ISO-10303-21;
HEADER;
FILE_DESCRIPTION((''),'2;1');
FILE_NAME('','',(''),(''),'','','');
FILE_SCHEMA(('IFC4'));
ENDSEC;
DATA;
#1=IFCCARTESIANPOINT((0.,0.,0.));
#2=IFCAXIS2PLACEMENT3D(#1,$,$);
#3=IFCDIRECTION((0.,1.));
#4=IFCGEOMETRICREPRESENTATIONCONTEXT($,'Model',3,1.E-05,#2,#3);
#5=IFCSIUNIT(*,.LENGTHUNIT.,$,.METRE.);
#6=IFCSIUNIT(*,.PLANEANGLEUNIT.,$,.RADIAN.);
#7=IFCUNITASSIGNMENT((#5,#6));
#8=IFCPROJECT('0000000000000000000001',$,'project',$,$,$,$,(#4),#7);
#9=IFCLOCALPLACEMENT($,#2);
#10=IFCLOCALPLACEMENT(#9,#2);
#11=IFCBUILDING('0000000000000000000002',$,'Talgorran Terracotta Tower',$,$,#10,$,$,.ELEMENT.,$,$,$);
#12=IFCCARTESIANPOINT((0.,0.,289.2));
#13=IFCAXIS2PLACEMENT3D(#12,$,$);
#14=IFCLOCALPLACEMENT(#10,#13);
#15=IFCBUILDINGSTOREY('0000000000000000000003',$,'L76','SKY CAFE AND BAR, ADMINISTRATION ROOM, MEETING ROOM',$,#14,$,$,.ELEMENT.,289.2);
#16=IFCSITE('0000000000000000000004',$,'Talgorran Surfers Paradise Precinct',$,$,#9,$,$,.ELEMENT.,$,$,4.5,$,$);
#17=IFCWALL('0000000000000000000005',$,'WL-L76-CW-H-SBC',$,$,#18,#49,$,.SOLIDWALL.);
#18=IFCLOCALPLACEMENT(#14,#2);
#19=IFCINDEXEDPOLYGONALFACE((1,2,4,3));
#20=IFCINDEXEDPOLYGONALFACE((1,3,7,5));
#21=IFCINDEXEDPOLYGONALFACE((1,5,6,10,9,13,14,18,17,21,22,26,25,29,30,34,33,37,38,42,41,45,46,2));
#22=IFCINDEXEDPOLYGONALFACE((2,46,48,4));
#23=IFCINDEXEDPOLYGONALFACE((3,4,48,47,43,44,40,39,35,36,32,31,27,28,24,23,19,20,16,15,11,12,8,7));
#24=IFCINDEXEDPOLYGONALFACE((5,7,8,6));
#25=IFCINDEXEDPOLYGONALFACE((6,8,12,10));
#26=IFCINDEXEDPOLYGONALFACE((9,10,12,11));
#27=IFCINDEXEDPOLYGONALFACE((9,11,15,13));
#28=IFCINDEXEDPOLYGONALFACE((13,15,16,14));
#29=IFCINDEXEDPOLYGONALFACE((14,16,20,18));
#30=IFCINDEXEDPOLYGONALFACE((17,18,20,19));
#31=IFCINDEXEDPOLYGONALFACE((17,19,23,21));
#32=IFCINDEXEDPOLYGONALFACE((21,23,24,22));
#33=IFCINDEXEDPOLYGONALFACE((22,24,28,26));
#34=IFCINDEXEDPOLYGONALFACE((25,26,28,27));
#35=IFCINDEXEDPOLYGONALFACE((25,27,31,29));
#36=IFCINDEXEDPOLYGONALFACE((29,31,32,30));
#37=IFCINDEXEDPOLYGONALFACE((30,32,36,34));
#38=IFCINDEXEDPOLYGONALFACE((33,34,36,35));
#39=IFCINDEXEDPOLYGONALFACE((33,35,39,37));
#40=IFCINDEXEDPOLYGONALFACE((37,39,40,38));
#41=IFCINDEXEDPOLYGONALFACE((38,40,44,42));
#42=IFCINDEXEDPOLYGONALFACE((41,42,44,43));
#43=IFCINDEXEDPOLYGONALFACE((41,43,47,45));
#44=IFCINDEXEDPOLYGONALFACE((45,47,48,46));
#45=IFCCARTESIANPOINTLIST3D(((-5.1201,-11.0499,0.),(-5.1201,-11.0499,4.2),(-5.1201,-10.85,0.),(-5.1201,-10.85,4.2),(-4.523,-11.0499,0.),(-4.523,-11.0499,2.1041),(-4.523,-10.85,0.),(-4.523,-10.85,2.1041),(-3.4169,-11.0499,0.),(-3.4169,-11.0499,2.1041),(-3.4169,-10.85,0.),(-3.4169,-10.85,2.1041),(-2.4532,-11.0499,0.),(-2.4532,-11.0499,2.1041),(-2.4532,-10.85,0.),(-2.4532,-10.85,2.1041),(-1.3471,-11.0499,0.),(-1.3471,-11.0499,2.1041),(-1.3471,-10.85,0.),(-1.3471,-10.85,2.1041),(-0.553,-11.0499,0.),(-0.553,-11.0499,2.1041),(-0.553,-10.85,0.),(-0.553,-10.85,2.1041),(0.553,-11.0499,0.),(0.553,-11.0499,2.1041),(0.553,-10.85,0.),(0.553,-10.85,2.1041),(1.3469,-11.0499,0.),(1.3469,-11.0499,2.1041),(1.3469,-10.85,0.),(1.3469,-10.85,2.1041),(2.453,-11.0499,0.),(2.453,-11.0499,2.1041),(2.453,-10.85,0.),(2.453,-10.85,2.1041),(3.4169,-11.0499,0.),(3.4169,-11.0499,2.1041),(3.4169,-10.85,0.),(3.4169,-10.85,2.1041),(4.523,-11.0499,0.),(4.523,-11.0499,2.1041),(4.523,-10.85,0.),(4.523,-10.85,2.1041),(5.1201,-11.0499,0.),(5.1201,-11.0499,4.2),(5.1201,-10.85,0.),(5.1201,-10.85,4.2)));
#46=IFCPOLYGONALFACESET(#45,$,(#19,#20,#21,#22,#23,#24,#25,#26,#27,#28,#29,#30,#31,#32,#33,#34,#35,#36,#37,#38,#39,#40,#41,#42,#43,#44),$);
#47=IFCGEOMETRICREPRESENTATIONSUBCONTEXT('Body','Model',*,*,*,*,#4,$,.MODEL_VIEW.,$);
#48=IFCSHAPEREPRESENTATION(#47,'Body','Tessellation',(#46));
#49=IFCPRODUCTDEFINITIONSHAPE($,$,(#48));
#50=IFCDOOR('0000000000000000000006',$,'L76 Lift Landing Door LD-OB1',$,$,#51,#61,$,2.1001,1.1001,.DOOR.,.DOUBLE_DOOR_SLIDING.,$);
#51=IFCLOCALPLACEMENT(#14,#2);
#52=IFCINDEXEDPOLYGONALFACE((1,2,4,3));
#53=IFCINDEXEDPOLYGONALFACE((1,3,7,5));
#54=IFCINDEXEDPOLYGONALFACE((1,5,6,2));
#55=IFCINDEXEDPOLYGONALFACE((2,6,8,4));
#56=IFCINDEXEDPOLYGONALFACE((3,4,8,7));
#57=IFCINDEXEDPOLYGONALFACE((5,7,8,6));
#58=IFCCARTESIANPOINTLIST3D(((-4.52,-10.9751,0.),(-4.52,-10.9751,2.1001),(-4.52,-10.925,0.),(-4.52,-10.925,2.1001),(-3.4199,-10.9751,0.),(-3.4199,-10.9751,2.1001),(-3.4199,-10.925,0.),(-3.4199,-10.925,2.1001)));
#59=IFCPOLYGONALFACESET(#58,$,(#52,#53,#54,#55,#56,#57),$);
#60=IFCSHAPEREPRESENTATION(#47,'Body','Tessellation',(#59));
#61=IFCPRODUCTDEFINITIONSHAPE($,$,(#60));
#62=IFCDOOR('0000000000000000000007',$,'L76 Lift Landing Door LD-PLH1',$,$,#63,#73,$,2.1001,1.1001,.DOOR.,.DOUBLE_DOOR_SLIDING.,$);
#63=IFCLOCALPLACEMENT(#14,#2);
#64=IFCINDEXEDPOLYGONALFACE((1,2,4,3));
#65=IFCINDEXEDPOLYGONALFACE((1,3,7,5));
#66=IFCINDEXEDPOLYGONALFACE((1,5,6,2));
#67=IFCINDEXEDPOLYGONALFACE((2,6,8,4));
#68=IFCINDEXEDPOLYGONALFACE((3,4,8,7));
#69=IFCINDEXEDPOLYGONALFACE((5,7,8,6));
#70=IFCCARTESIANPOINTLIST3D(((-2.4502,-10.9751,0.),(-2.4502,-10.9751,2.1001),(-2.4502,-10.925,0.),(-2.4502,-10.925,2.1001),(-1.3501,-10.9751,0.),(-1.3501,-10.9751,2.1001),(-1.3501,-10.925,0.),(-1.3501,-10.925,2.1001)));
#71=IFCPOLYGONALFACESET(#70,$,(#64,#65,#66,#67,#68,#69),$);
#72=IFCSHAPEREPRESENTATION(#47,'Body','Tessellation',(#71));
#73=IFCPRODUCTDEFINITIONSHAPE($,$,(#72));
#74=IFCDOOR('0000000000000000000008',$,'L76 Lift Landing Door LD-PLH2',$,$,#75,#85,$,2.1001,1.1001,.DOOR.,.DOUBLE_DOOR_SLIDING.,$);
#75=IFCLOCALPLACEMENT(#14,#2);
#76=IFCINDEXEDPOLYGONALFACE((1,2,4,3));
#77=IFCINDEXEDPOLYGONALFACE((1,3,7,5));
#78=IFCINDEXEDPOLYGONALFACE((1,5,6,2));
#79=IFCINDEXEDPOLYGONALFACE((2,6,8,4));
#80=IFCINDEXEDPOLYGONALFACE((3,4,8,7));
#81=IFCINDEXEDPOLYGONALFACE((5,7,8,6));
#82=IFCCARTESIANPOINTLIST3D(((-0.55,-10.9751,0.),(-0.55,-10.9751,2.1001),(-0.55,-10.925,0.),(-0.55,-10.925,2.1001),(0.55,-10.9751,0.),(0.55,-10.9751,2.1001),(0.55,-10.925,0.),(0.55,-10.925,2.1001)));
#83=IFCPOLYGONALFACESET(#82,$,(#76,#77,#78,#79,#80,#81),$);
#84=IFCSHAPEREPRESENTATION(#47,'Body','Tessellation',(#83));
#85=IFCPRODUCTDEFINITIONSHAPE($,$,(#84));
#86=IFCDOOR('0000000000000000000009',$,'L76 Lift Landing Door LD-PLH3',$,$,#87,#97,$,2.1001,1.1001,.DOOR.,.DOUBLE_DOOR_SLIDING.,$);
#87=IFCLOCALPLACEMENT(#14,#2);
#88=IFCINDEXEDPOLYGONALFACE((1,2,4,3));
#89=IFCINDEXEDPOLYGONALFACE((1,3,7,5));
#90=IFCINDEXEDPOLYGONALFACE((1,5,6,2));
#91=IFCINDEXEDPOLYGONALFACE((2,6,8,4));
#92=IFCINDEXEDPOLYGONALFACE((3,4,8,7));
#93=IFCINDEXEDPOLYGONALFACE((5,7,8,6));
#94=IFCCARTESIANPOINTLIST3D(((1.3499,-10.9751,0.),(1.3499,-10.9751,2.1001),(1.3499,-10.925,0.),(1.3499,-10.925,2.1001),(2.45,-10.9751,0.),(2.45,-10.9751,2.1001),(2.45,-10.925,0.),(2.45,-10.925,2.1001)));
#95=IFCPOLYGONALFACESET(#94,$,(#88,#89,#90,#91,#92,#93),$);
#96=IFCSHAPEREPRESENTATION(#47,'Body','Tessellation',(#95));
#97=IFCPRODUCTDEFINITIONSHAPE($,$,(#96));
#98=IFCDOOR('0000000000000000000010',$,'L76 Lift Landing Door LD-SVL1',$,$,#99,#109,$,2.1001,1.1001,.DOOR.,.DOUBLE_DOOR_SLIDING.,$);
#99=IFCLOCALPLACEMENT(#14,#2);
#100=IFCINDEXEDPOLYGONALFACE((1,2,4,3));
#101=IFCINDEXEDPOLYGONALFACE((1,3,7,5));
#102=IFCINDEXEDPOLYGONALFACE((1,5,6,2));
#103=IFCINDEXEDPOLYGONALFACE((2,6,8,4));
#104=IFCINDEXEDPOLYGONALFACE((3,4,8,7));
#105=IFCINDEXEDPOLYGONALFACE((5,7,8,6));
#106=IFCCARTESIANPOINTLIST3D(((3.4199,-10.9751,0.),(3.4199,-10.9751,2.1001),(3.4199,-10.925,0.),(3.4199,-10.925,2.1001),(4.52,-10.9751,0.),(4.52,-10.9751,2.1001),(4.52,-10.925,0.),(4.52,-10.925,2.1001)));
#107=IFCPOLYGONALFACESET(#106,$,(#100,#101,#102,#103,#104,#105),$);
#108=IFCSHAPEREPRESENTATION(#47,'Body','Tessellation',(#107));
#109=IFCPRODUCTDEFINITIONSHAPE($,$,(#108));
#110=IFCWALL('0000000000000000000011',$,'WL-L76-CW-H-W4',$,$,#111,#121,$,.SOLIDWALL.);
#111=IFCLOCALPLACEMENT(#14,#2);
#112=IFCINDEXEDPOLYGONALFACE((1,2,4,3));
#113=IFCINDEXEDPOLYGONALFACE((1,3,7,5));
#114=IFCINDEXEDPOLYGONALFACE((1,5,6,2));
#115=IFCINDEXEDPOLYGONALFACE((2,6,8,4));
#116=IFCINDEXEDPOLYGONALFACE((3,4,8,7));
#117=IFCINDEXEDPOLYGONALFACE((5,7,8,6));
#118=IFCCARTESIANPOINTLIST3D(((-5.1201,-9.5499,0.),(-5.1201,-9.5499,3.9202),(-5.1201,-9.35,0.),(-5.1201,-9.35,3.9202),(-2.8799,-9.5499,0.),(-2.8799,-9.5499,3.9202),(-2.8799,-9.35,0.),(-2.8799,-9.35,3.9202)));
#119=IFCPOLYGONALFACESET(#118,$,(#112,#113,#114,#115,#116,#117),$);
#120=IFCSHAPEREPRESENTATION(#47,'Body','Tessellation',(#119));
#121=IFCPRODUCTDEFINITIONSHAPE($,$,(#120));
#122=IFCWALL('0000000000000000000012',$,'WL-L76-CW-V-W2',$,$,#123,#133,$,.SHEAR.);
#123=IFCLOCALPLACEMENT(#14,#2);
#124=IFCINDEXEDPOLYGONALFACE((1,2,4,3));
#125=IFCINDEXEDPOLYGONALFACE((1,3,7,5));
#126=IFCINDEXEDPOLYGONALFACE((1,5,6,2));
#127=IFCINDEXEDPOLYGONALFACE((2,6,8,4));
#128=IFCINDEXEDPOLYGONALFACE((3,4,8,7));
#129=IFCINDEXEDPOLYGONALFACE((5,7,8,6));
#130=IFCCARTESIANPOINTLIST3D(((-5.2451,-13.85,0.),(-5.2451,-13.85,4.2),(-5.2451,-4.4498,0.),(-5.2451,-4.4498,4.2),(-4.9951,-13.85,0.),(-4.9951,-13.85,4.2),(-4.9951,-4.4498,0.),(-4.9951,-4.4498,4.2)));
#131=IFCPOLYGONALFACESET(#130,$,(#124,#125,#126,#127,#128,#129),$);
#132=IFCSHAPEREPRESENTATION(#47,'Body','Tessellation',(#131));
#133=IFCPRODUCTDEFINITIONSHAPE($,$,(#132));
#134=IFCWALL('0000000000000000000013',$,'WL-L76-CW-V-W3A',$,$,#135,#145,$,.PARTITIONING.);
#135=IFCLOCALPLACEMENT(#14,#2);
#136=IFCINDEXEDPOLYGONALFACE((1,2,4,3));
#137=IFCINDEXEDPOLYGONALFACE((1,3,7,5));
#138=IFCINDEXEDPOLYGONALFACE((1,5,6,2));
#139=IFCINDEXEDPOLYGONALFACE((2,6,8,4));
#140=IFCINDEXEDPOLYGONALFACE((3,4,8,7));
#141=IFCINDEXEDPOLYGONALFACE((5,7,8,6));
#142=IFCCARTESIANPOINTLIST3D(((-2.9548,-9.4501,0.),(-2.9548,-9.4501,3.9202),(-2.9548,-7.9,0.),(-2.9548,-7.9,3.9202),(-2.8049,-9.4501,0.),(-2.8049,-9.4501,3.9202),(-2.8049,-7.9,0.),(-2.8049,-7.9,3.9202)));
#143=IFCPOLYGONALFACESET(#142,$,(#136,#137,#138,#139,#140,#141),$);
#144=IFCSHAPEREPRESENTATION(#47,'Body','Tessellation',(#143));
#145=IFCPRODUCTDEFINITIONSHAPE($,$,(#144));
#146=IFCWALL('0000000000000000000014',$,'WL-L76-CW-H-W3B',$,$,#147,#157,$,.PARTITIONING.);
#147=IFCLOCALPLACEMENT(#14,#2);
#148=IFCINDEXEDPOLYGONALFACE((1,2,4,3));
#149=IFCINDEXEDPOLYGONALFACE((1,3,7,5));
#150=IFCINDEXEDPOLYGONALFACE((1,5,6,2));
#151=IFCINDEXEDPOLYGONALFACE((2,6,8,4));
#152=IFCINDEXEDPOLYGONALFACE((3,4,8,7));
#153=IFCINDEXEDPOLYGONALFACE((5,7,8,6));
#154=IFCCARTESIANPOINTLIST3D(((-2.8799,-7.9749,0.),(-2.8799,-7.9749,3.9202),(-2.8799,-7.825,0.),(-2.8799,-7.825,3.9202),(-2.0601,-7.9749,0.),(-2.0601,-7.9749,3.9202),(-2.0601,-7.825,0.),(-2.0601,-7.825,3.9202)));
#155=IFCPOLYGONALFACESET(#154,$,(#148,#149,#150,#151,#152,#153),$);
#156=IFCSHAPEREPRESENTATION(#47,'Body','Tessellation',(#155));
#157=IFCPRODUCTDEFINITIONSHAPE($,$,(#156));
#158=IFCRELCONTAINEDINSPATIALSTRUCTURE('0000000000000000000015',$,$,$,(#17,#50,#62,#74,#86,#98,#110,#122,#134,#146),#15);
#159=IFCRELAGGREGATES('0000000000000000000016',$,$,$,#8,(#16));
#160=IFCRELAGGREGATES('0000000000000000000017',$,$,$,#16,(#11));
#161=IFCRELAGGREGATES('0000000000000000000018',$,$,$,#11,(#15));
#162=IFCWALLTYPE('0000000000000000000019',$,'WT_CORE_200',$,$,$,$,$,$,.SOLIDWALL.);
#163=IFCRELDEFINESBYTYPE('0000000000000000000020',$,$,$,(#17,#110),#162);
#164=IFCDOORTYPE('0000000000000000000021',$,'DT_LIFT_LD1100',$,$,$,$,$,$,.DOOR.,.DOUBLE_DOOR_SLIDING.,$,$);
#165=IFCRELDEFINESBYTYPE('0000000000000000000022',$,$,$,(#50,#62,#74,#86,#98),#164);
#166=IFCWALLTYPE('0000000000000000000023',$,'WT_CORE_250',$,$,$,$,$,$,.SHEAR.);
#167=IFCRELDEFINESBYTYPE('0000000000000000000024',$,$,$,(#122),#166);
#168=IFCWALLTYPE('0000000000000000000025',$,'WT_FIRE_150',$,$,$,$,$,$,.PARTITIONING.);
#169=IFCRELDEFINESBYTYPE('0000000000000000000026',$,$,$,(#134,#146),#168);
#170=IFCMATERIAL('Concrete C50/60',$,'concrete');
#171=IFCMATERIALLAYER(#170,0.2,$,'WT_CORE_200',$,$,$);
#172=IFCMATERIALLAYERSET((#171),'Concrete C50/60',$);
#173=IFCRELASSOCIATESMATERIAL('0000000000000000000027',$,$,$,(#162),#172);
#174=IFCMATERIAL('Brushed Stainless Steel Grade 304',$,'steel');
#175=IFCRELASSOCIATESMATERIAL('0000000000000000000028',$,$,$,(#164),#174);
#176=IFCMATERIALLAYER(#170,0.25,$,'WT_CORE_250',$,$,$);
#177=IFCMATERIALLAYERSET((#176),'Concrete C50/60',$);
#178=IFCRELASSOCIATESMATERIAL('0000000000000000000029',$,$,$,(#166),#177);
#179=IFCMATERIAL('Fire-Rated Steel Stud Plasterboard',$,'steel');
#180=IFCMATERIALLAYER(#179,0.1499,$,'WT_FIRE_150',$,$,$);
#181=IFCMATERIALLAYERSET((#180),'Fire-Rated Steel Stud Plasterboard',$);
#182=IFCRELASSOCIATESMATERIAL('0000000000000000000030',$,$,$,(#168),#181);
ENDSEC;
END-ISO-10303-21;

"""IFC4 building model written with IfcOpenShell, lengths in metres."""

from ifc_helpers import new_model, si_unit, direction, frame, frame_2d, origin, place, context, subcontext, project, spatial, rectangle, extrude, material, layer, layer_set, type_object, element, fill, save


model = new_model("IFC4")

# Units and contexts
model_context = context("Model", 3, precision=1e-05, world=origin(), true_north=direction((0.0, 1.0)))
body_context = subcontext(model_context, "Body", "Model", "MODEL_VIEW")
ifc_project = project(units=[si_unit("LENGTHUNIT", "METRE"), si_unit("PLANEANGLEUNIT", "RADIAN")], contexts=[model_context])

# Site, building, storey
site_placement = place(None, origin())
site = spatial("IfcSite", under=ifc_project, at=site_placement, Name="Talgorran Surfers Paradise Precinct", CompositionType="ELEMENT", RefElevation=4.5)
building_placement = place(site_placement, origin())
building = spatial("IfcBuilding", under=site, at=building_placement, Name="Talgorran Terracotta Tower", CompositionType="ELEMENT")
storey_placement = place(building_placement, frame((0.0, 0.0, 289.2)))
storey = spatial("IfcBuildingStorey", under=building, at=storey_placement, Name="L76", Description="SKY CAFE AND BAR, ADMINISTRATION ROOM, MEETING ROOM", CompositionType="ELEMENT", Elevation=289.2)

# Shared definitions
ifc_material_1 = material(Name="Concrete C50/60", Category="concrete")

# Wall, openings, doors
ifc_layer_1 = layer(ifc_material_1, 0.2, Name="WT_CORE_200")
ifc_layer_set_1 = layer_set([ifc_layer_1], Name="Concrete C50/60")
wall_type_1 = type_object("IfcWallType", Name="WT_CORE_200", PredefinedType="SOLIDWALL", material=ifc_layer_set_1)
wall_1_placement = place(storey_placement, frame((-5.1201, -10.95, 0.0), z_axis=(0.0, 0.0, 1.0), x_axis=(1.0, 0.0, 0.0)))
wall_1 = element("IfcWall", 1, at=wall_1_placement, inside=storey, type_object=wall_type_1, Name="WL-L76-CW-H-SBC", PredefinedType="SOLIDWALL", context=body_context, shape_type="SweptSolid", body=[
    extrude(rectangle(XDim=10.2402, YDim=0.2, at=frame_2d((5.1201, 0.0))), origin(), (0.0, 0.0, 1.0), 4.2),
])
opening_1_placement = place(wall_1_placement, frame((0.6001, 0.0, 0.0)))
opening_1 = element("IfcOpeningElement", 2, at=opening_1_placement, cuts=wall_1, PredefinedType="OPENING", context=body_context, shape_type="SweptSolid", body=[
    extrude(rectangle(XDim=1.1061, YDim=2.1041, at=frame_2d((0.55, 1.052))), frame((0.0, 0.1099, 0.0), z_axis=(0.0, -1.0, 0.0), x_axis=(1.0, 0.0, 0.0)), (0.0, 0.0, 1.0), 0.22),
])
opening_2_placement = place(wall_1_placement, frame((2.6699, 0.0, 0.0)))
opening_2 = element("IfcOpeningElement", 3, at=opening_2_placement, cuts=wall_1, PredefinedType="OPENING", context=body_context, shape_type="SweptSolid", body=[
    extrude(rectangle(XDim=1.1061, YDim=2.1041, at=frame_2d((0.55, 1.052))), frame((0.0, 0.1099, 0.0), z_axis=(0.0, -1.0, 0.0), x_axis=(1.0, 0.0, 0.0)), (0.0, 0.0, 1.0), 0.22),
])
opening_3_placement = place(wall_1_placement, frame((4.5701, 0.0, 0.0)))
opening_3 = element("IfcOpeningElement", 4, at=opening_3_placement, cuts=wall_1, PredefinedType="OPENING", context=body_context, shape_type="SweptSolid", body=[
    extrude(rectangle(XDim=1.1061, YDim=2.1041, at=frame_2d((0.55, 1.052))), frame((0.0, 0.1099, 0.0), z_axis=(0.0, -1.0, 0.0), x_axis=(1.0, 0.0, 0.0)), (0.0, 0.0, 1.0), 0.22),
])
opening_4_placement = place(wall_1_placement, frame((6.47, 0.0, 0.0)))
opening_4 = element("IfcOpeningElement", 5, at=opening_4_placement, cuts=wall_1, PredefinedType="OPENING", context=body_context, shape_type="SweptSolid", body=[
    extrude(rectangle(XDim=1.1061, YDim=2.1041, at=frame_2d((0.55, 1.052))), frame((0.0, 0.1099, 0.0), z_axis=(0.0, -1.0, 0.0), x_axis=(1.0, 0.0, 0.0)), (0.0, 0.0, 1.0), 0.22),
])
opening_5_placement = place(wall_1_placement, frame((8.54, 0.0, 0.0)))
opening_5 = element("IfcOpeningElement", 6, at=opening_5_placement, cuts=wall_1, PredefinedType="OPENING", context=body_context, shape_type="SweptSolid", body=[
    extrude(rectangle(XDim=1.1061, YDim=2.1041, at=frame_2d((0.55, 1.052))), frame((0.0, 0.1099, 0.0), z_axis=(0.0, -1.0, 0.0), x_axis=(1.0, 0.0, 0.0)), (0.0, 0.0, 1.0), 0.22),
])
ifc_material_2 = material(Name="Brushed Stainless Steel Grade 304", Category="steel")
door_type_1 = type_object("IfcDoorType", Name="DT_LIFT_LD1100", OperationType="DOUBLE_DOOR_SLIDING", PredefinedType="DOOR", material=ifc_material_2)
door_1_placement = place(opening_1_placement, origin())
door_1 = element("IfcDoor", 7, at=door_1_placement, inside=storey, type_object=door_type_1, Name="L76 Lift Landing Door LD-OB1", OperationType="DOUBLE_DOOR_SLIDING", OverallHeight=2.1001, OverallWidth=1.1001, PredefinedType="DOOR", context=body_context, shape_type="SweptSolid", body=[
    extrude(rectangle(XDim=1.1001, YDim=2.1001, at=frame_2d((0.55, 1.05))), frame((0.0, 0.0249, 0.0), z_axis=(0.0, -1.0, 0.0), x_axis=(1.0, 0.0, 0.0)), (0.0, 0.0, 1.0), 0.05),
])
fill(opening_1, door_1)
door_2_placement = place(opening_2_placement, origin())
door_2 = element("IfcDoor", 8, at=door_2_placement, inside=storey, type_object=door_type_1, Name="L76 Lift Landing Door LD-PLH1", OperationType="DOUBLE_DOOR_SLIDING", OverallHeight=2.1001, OverallWidth=1.1001, PredefinedType="DOOR", context=body_context, shape_type="SweptSolid", body=[
    extrude(rectangle(XDim=1.1001, YDim=2.1001, at=frame_2d((0.55, 1.05))), frame((0.0, 0.0249, 0.0), z_axis=(0.0, -1.0, 0.0), x_axis=(1.0, 0.0, 0.0)), (0.0, 0.0, 1.0), 0.05),
])
fill(opening_2, door_2)
door_3_placement = place(opening_3_placement, origin())
door_3 = element("IfcDoor", 9, at=door_3_placement, inside=storey, type_object=door_type_1, Name="L76 Lift Landing Door LD-PLH2", OperationType="DOUBLE_DOOR_SLIDING", OverallHeight=2.1001, OverallWidth=1.1001, PredefinedType="DOOR", context=body_context, shape_type="SweptSolid", body=[
    extrude(rectangle(XDim=1.1001, YDim=2.1001, at=frame_2d((0.55, 1.05))), frame((0.0, 0.0249, 0.0), z_axis=(0.0, -1.0, 0.0), x_axis=(1.0, 0.0, 0.0)), (0.0, 0.0, 1.0), 0.05),
])
fill(opening_3, door_3)
door_4_placement = place(opening_4_placement, origin())
door_4 = element("IfcDoor", 10, at=door_4_placement, inside=storey, type_object=door_type_1, Name="L76 Lift Landing Door LD-PLH3", OperationType="DOUBLE_DOOR_SLIDING", OverallHeight=2.1001, OverallWidth=1.1001, PredefinedType="DOOR", context=body_context, shape_type="SweptSolid", body=[
    extrude(rectangle(XDim=1.1001, YDim=2.1001, at=frame_2d((0.55, 1.05))), frame((0.0, 0.0249, 0.0), z_axis=(0.0, -1.0, 0.0), x_axis=(1.0, 0.0, 0.0)), (0.0, 0.0, 1.0), 0.05),
])
fill(opening_4, door_4)
door_5_placement = place(opening_5_placement, origin())
door_5 = element("IfcDoor", 11, at=door_5_placement, inside=storey, type_object=door_type_1, Name="L76 Lift Landing Door LD-SVL1", OperationType="DOUBLE_DOOR_SLIDING", OverallHeight=2.1001, OverallWidth=1.1001, PredefinedType="DOOR", context=body_context, shape_type="SweptSolid", body=[
    extrude(rectangle(XDim=1.1001, YDim=2.1001, at=frame_2d((0.55, 1.05))), frame((0.0, 0.0249, 0.0), z_axis=(0.0, -1.0, 0.0), x_axis=(1.0, 0.0, 0.0)), (0.0, 0.0, 1.0), 0.05),
])
fill(opening_5, door_5)

# Walls
wall_2_placement = place(storey_placement, frame((-5.1201, -9.45, 0.0), z_axis=(0.0, 0.0, 1.0), x_axis=(1.0, 0.0, 0.0)))
element("IfcWall", 12, at=wall_2_placement, inside=storey, type_object=wall_type_1, Name="WL-L76-CW-H-W4", PredefinedType="SOLIDWALL", context=body_context, shape_type="SweptSolid", body=[
    extrude(rectangle(XDim=2.2402, YDim=0.2, at=frame_2d((1.1201, 0.0))), origin(), (0.0, 0.0, 1.0), 3.9202),
])
ifc_layer_2 = layer(ifc_material_1, 0.25, Name="WT_CORE_250")
ifc_layer_set_2 = layer_set([ifc_layer_2], Name="Concrete C50/60")
wall_type_2 = type_object("IfcWallType", Name="WT_CORE_250", PredefinedType="SHEAR", material=ifc_layer_set_2)
wall_3_placement = place(storey_placement, frame((-5.1201, -13.8501, 0.0), z_axis=(0.0, 0.0, 1.0), x_axis=(0.0, 1.0, 0.0)))
element("IfcWall", 13, at=wall_3_placement, inside=storey, type_object=wall_type_2, Name="WL-L76-CW-V-W2", PredefinedType="SHEAR", context=body_context, shape_type="SweptSolid", body=[
    extrude(rectangle(XDim=9.4001, YDim=0.25, at=frame_2d((4.7002, 0.0))), origin(), (0.0, 0.0, 1.0), 4.2),
])
ifc_material_3 = material(Name="Fire-Rated Steel Stud Plasterboard", Category="steel")
ifc_layer_3 = layer(ifc_material_3, 0.1499, Name="WT_FIRE_150")
ifc_layer_set_3 = layer_set([ifc_layer_3], Name="Fire-Rated Steel Stud Plasterboard")
wall_type_3 = type_object("IfcWallType", Name="WT_FIRE_150", PredefinedType="PARTITIONING", material=ifc_layer_set_3)
wall_4_placement = place(storey_placement, frame((-2.8799, -9.45, 0.0), z_axis=(0.0, 0.0, 1.0), x_axis=(0.0, 1.0, 0.0)))
element("IfcWall", 14, at=wall_4_placement, inside=storey, type_object=wall_type_3, Name="WL-L76-CW-V-W3A", PredefinedType="PARTITIONING", context=body_context, shape_type="SweptSolid", body=[
    extrude(rectangle(XDim=1.55, YDim=0.1499, at=frame_2d((0.7749, 0.0))), origin(), (0.0, 0.0, 1.0), 3.9202),
])
wall_5_placement = place(storey_placement, frame((-2.8799, -7.8999, 0.0), z_axis=(0.0, 0.0, 1.0), x_axis=(1.0, 0.0, 0.0)))
element("IfcWall", 15, at=wall_5_placement, inside=storey, type_object=wall_type_3, Name="WL-L76-CW-H-W3B", PredefinedType="PARTITIONING", context=body_context, shape_type="SweptSolid", body=[
    extrude(rectangle(XDim=0.8198, YDim=0.1499, at=frame_2d((0.4099, 0.0))), origin(), (0.0, 0.0, 1.0), 3.9202),
])

save(model, "model.ifc")
